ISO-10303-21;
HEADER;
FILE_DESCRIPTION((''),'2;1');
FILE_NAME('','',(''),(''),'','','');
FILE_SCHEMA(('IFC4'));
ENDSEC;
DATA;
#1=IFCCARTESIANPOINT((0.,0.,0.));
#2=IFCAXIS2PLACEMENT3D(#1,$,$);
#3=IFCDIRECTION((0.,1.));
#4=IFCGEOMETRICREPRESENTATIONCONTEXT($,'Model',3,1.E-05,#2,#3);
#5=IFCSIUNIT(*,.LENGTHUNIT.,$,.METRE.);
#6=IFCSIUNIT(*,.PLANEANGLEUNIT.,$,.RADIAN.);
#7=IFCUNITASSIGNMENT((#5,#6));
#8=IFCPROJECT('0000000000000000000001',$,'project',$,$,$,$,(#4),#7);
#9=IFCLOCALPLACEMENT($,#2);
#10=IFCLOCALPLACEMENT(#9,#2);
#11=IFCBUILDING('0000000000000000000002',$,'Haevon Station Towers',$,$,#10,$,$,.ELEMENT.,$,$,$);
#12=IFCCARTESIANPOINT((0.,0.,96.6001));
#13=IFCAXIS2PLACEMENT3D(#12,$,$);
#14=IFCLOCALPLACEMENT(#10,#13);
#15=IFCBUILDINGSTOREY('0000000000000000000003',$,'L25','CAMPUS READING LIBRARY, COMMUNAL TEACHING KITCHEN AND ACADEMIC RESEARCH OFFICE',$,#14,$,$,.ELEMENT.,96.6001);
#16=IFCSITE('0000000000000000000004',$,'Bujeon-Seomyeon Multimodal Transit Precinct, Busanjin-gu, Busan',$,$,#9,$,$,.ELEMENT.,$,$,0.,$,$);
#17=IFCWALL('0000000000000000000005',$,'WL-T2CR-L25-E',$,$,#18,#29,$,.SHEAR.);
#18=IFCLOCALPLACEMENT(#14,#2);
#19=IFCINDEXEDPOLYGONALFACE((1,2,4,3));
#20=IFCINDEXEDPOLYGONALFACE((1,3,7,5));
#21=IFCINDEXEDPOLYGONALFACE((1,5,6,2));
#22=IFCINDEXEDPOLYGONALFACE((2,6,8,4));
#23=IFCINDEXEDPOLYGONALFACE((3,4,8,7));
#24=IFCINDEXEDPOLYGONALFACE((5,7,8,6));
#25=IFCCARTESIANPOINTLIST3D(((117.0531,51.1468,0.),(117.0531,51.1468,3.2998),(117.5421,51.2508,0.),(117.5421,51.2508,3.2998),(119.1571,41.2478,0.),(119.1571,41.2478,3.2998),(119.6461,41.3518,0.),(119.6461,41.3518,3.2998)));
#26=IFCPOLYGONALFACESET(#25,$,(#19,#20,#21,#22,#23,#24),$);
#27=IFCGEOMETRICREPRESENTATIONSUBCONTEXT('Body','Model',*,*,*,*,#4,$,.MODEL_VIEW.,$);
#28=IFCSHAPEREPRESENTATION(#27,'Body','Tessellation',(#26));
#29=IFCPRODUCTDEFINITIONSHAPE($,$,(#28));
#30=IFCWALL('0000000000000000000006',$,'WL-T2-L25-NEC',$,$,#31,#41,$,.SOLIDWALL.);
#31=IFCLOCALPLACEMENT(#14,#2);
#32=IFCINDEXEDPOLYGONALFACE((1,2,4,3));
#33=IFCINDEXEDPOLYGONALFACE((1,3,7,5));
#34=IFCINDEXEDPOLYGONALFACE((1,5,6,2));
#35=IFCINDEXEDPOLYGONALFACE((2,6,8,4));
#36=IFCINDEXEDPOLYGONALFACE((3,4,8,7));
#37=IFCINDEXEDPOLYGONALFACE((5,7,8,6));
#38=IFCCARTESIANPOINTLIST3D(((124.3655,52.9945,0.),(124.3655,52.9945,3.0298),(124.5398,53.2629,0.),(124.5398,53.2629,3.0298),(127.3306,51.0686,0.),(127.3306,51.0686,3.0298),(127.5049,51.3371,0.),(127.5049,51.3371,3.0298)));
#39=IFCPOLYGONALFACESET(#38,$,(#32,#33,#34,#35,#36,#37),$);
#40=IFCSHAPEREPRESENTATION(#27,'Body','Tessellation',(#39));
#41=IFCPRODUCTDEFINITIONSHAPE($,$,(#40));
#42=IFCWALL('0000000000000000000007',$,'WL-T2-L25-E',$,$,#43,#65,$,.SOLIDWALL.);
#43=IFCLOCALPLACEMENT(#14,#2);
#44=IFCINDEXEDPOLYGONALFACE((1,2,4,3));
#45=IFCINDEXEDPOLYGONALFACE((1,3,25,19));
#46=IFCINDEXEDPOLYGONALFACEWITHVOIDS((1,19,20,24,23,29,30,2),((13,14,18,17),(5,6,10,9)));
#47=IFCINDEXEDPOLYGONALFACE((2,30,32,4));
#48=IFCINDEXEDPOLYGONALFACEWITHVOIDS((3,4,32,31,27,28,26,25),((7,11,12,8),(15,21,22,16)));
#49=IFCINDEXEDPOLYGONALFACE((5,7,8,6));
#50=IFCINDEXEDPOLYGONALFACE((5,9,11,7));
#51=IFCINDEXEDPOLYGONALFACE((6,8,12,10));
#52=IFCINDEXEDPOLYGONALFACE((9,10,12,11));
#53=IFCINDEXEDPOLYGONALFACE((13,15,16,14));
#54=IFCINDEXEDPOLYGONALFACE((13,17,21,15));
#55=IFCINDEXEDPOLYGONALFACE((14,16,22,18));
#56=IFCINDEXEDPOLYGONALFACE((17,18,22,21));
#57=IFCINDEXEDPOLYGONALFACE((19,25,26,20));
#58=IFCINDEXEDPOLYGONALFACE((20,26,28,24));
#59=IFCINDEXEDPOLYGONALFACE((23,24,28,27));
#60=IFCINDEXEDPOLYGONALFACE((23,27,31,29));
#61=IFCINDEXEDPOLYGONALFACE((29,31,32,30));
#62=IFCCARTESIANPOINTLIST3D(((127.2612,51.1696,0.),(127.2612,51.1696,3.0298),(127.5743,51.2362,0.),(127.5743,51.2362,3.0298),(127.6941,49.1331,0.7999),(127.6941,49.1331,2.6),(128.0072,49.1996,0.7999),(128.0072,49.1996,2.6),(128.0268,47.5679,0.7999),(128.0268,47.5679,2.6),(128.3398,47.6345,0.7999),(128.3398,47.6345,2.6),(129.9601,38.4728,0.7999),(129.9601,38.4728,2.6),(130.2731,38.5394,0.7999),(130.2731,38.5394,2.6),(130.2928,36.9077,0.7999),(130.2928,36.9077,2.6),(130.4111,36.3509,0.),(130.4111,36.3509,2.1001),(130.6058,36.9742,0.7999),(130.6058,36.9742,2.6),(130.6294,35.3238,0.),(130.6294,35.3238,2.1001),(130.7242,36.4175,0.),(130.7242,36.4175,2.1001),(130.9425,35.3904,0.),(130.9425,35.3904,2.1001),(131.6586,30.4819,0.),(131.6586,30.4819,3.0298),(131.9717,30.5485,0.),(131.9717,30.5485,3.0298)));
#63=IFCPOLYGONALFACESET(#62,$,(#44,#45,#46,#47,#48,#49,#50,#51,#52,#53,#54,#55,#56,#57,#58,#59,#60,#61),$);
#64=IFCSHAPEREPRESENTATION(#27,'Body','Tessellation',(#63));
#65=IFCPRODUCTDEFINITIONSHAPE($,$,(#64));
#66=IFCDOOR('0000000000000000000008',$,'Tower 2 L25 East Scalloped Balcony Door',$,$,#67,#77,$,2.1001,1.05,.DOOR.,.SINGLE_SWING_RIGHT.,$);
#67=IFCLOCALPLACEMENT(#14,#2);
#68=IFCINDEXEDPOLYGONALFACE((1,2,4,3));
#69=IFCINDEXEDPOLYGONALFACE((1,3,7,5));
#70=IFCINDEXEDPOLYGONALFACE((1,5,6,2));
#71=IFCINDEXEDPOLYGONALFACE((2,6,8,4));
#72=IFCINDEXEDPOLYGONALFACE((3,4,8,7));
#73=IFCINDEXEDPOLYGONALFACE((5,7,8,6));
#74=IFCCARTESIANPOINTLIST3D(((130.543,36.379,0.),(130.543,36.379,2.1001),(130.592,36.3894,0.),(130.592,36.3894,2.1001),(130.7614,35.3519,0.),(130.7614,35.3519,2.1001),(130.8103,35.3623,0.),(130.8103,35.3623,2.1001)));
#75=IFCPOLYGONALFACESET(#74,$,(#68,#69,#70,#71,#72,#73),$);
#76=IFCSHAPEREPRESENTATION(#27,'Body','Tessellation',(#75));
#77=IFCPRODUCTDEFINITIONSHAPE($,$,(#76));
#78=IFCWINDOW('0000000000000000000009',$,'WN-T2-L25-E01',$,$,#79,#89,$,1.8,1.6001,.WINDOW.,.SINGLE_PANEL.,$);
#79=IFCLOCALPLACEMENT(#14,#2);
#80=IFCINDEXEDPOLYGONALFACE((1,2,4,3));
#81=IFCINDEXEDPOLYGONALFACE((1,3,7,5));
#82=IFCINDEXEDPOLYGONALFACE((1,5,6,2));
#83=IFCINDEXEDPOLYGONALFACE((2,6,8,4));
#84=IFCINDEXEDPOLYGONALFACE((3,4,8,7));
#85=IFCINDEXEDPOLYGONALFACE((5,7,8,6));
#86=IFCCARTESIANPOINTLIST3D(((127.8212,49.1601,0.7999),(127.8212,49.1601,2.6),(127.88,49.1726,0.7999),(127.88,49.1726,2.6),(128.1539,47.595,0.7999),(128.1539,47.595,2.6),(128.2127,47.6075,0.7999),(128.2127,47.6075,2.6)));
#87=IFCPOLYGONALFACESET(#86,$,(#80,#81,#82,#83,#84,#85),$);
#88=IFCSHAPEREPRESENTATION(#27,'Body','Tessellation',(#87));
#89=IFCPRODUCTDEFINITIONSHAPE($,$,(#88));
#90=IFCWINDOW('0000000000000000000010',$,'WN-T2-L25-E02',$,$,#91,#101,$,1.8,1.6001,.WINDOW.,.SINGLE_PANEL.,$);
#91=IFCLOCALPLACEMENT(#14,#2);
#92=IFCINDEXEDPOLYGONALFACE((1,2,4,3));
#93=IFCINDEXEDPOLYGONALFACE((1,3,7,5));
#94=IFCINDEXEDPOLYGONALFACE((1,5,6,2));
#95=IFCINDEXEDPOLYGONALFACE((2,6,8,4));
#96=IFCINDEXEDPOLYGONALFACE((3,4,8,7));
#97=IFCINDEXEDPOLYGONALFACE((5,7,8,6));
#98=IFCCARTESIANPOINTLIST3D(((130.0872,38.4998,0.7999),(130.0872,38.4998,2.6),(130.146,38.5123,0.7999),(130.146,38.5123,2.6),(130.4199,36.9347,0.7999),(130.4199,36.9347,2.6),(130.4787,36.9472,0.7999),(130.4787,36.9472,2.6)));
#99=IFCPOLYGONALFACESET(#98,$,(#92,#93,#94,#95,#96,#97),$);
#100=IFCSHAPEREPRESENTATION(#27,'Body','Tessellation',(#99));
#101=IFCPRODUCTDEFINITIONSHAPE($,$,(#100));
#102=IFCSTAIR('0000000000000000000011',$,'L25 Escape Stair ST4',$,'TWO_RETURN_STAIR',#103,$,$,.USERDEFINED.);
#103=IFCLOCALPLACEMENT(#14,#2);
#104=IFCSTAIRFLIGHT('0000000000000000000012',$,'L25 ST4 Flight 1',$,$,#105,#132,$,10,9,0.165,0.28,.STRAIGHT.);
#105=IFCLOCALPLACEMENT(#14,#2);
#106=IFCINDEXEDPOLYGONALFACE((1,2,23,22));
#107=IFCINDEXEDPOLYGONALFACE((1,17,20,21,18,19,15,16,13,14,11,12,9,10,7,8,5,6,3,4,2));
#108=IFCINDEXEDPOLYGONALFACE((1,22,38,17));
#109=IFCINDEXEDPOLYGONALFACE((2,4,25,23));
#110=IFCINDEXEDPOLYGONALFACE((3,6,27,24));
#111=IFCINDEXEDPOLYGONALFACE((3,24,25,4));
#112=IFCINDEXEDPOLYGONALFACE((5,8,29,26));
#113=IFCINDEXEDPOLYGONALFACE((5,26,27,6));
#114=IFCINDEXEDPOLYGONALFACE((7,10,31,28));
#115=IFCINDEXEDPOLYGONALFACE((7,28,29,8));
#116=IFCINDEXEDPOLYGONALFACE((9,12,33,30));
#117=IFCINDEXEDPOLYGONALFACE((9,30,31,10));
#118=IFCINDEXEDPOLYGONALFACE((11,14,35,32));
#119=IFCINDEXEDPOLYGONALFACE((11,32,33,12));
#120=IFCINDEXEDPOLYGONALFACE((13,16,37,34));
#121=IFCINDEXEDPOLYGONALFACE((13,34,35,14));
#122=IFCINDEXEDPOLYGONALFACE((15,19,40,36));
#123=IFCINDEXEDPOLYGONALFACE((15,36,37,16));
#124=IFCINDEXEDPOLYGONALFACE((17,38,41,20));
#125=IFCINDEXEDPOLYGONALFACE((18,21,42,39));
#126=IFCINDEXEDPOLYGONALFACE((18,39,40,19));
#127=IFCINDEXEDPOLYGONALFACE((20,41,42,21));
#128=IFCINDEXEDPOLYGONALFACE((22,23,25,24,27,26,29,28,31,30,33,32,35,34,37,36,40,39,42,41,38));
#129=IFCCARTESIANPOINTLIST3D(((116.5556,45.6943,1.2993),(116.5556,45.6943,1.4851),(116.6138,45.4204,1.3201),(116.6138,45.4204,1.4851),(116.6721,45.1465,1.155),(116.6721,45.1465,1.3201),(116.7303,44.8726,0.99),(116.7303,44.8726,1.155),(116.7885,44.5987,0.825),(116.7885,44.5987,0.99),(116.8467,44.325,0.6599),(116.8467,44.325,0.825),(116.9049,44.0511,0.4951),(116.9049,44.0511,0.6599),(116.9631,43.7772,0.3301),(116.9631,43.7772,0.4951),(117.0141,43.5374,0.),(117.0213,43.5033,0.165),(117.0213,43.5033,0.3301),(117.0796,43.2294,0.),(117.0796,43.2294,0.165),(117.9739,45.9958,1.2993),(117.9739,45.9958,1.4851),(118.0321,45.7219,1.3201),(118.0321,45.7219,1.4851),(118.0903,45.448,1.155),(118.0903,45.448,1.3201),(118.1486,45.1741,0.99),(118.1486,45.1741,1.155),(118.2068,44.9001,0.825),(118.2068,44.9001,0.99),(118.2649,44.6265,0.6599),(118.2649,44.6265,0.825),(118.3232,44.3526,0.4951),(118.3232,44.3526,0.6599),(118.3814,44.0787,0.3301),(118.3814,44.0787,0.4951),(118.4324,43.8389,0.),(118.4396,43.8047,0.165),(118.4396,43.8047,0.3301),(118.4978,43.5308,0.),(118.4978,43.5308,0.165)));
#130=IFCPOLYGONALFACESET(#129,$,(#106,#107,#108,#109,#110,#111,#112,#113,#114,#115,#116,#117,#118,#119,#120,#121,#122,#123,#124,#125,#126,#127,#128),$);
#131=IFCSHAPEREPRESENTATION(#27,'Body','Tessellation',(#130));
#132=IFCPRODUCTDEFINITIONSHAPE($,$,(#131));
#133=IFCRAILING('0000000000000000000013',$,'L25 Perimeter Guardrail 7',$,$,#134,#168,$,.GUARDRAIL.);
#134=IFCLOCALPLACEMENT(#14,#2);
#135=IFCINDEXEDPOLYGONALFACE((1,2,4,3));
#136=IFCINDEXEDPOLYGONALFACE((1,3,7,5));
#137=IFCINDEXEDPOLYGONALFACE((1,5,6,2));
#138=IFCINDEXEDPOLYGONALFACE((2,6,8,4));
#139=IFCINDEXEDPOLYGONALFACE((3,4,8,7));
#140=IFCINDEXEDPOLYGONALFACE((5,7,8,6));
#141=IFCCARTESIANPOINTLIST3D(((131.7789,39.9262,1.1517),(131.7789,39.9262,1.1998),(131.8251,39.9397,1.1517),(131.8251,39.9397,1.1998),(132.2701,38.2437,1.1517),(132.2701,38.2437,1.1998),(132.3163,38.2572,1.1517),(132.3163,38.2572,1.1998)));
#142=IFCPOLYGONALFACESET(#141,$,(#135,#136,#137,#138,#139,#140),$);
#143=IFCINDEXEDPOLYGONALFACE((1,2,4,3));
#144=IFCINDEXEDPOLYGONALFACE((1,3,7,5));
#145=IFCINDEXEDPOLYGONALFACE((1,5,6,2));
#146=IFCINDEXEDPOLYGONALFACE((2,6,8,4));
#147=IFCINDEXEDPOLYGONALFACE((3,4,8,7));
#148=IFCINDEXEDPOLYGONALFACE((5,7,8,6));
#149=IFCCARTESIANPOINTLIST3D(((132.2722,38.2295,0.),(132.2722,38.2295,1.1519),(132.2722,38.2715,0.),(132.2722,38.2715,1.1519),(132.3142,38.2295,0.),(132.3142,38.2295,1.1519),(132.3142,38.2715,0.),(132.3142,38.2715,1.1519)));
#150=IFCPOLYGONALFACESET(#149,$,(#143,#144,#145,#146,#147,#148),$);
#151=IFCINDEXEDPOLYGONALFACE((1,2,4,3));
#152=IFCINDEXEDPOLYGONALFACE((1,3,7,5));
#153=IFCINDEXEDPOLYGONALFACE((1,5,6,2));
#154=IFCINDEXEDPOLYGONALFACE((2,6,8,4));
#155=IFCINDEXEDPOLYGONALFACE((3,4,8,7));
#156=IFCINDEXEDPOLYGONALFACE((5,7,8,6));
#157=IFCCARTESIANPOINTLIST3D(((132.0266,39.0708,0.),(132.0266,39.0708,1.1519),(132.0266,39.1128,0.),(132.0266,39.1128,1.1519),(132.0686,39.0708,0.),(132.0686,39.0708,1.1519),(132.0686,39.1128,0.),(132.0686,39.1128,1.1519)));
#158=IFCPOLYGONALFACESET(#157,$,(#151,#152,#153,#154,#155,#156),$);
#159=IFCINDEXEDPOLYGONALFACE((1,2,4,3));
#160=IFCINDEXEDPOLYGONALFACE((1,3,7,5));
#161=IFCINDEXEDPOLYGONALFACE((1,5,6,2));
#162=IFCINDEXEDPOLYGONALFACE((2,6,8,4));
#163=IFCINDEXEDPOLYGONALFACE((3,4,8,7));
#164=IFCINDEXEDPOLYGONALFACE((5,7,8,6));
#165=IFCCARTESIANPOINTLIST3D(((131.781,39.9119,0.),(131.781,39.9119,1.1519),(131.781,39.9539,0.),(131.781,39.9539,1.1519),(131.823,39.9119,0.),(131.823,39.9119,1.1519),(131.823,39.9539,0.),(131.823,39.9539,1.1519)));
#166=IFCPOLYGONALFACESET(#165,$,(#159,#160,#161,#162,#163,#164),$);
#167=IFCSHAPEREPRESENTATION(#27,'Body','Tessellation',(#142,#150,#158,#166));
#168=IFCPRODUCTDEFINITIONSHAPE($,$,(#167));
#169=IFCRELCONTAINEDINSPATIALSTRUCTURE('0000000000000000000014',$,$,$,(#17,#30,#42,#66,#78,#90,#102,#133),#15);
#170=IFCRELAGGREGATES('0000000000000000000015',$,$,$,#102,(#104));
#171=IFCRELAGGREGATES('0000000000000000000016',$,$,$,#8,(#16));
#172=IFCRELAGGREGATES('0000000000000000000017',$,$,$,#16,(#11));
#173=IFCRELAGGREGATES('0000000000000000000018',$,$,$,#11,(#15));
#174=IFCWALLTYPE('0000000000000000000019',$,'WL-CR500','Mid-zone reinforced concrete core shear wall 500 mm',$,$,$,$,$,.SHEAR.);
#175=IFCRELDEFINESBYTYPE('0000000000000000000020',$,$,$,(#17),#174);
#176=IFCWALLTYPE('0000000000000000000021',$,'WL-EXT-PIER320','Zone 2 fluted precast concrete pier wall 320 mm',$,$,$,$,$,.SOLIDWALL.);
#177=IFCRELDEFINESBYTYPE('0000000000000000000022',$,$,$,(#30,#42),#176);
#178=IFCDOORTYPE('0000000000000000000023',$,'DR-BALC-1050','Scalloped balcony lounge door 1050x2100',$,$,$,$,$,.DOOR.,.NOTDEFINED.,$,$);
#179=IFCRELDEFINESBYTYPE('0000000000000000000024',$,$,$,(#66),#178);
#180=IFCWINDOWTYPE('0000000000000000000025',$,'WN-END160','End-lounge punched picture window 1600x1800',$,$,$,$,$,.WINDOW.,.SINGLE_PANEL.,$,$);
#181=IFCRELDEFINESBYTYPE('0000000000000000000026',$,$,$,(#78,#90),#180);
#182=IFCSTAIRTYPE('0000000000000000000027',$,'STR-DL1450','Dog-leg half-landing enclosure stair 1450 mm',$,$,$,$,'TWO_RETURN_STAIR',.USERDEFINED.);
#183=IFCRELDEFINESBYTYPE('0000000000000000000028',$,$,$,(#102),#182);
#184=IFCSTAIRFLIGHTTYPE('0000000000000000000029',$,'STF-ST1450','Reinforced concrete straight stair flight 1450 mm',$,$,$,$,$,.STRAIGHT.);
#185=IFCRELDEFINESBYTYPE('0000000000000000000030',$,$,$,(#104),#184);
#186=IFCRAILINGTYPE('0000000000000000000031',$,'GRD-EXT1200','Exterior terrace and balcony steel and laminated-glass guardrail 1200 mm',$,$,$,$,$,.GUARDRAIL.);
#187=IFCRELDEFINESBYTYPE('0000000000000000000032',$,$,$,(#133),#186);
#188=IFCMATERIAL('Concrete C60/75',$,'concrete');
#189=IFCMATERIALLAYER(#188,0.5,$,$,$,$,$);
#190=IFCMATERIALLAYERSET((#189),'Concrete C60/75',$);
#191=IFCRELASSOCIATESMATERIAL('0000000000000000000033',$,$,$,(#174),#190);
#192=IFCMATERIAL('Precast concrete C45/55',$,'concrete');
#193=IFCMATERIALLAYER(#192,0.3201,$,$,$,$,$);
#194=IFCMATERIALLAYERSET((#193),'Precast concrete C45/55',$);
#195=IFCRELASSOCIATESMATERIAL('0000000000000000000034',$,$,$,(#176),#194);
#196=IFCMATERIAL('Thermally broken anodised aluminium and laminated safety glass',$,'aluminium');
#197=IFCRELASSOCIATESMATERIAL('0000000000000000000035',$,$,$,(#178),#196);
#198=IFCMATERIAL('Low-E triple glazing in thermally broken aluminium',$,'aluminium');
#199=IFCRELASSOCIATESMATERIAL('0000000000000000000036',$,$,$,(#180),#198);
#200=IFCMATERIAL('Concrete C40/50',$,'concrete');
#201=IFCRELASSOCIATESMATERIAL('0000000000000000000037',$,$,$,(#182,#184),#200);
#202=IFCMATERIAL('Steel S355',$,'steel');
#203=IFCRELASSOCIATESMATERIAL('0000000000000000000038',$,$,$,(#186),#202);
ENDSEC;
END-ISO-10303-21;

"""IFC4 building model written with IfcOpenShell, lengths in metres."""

from ifc_helpers import new_model, si_unit, direction, frame, frame_2d, origin, origin_2d, place, context, subcontext, project, spatial, polyline, rectangle, outline, extrude, material, layer, layer_set, type_object, element, fill, aggregate, save


model = new_model("IFC4")

# Units and contexts
model_context = context("Model", 3, precision=1e-05, world=origin(), true_north=direction((0.0, 1.0)))
body_context = subcontext(model_context, "Body", "Model", "MODEL_VIEW")
ifc_project = project(units=[si_unit("LENGTHUNIT", "METRE"), si_unit("PLANEANGLEUNIT", "RADIAN")], contexts=[model_context])

# Site, building, storey
site_placement = place(None, origin())
site = spatial("IfcSite", under=ifc_project, at=site_placement, Name="Bujeon-Seomyeon Multimodal Transit Precinct, Busanjin-gu, Busan", CompositionType="ELEMENT", RefElevation=0.0)
building_placement = place(site_placement, origin())
building = spatial("IfcBuilding", under=site, at=building_placement, Name="Haevon Station Towers", CompositionType="ELEMENT")
storey_placement = place(building_placement, frame((0.0, 0.0, 96.6001)))
storey = spatial("IfcBuildingStorey", under=building, at=storey_placement, Name="L25", Description="CAMPUS READING LIBRARY, COMMUNAL TEACHING KITCHEN AND ACADEMIC RESEARCH OFFICE", CompositionType="ELEMENT", Elevation=96.6001)

# Shared definitions
ifc_material_1 = material(Name="Steel S355", Category="steel")

# Walls
ifc_material_2 = material(Name="Concrete C60/75", Category="concrete")
ifc_layer_1 = layer(ifc_material_2, 0.5)
ifc_layer_set_1 = layer_set([ifc_layer_1], Name="Concrete C60/75")
wall_type_1 = type_object("IfcWallType", Name="WL-CR500", Description="Mid-zone reinforced concrete core shear wall 500 mm", PredefinedType="SHEAR", material=ifc_layer_set_1)
wall_1_placement = place(storey_placement, frame((119.4016, 41.2998, 0.0), z_axis=(0.0, 0.0, 1.0), x_axis=(-0.207904, 0.978149, 0.0)))
element("IfcWall", 1, at=wall_1_placement, inside=storey, type_object=wall_type_1, Name="WL-T2CR-L25-E", PredefinedType="SHEAR", context=body_context, shape_type="SweptSolid", body=[
    extrude(rectangle(XDim=10.1201, YDim=0.5, at=frame_2d((5.0601, 0.0))), origin(), (0.0, 0.0, 1.0), 3.2998),
])
ifc_material_3 = material(Name="Precast concrete C45/55", Category="concrete")
ifc_layer_2 = layer(ifc_material_3, 0.3201)
ifc_layer_set_2 = layer_set([ifc_layer_2], Name="Precast concrete C45/55")
wall_type_2 = type_object("IfcWallType", Name="WL-EXT-PIER320", Description="Zone 2 fluted precast concrete pier wall 320 mm", PredefinedType="SOLIDWALL", material=ifc_layer_set_2)
wall_2_placement = place(storey_placement, frame((124.4526, 53.1287, 0.0), z_axis=(0.0, 0.0, 1.0), x_axis=(0.838641, -0.544685, 0.0)))
element("IfcWall", 2, at=wall_2_placement, inside=storey, type_object=wall_type_2, Name="WL-T2-L25-NEC", PredefinedType="SOLIDWALL", context=body_context, shape_type="SweptSolid", body=[
    extrude(rectangle(XDim=3.5356, YDim=0.3201, at=frame_2d((1.7678, 0.0))), origin(), (0.0, 0.0, 1.0), 3.0298),
])

# Wall, openings, door, windows
wall_3_placement = place(storey_placement, frame((127.4177, 51.2029, 0.0), z_axis=(0.0, 0.0, 1.0), x_axis=(0.207918, -0.978146, 0.0)))
wall_3 = element("IfcWall", 3, at=wall_3_placement, inside=storey, type_object=wall_type_2, Name="WL-T2-L25-E", PredefinedType="SOLIDWALL", context=body_context, shape_type="SweptSolid", body=[
    extrude(rectangle(XDim=21.1499, YDim=0.3201, at=frame_2d((10.575, 0.0))), origin(), (0.0, 0.0, 1.0), 3.0298),
])
opening_1_placement = place(wall_3_placement, frame((15.1499, 0.0, 0.0)))
opening_1 = element("IfcOpeningElement", 4, at=opening_1_placement, cuts=wall_3, PredefinedType="OPENING", context=body_context, shape_type="SweptSolid", body=[
    extrude(rectangle(XDim=1.05, YDim=2.1001, at=frame_2d((0.5249, 1.05))), frame((0.0, 0.1699, 0.0), z_axis=(0.0, -1.0, 0.0), x_axis=(1.0, 0.0, 0.0)), (0.0, 0.0, 1.0), 0.3401),
])
opening_2_placement = place(wall_3_placement, frame((2.082, 0.0, 0.8)))
opening_2 = element("IfcOpeningElement", 5, at=opening_2_placement, cuts=wall_3, PredefinedType="OPENING", context=body_context, shape_type="SweptSolid", body=[
    extrude(rectangle(XDim=1.6001, YDim=1.8, at=frame_2d((0.8, 0.8999))), frame((0.0, 0.1699, 0.0), z_axis=(0.0, -1.0, 0.0), x_axis=(1.0, 0.0, 0.0)), (0.0, 0.0, 1.0), 0.3401),
])
opening_3_placement = place(wall_3_placement, frame((12.9805, 0.0, 0.8)))
opening_3 = element("IfcOpeningElement", 6, at=opening_3_placement, cuts=wall_3, PredefinedType="OPENING", context=body_context, shape_type="SweptSolid", body=[
    extrude(rectangle(XDim=1.6001, YDim=1.8, at=frame_2d((0.8, 0.8999))), frame((0.0, 0.1699, 0.0), z_axis=(0.0, -1.0, 0.0), x_axis=(1.0, 0.0, 0.0)), (0.0, 0.0, 1.0), 0.3401),
])
ifc_material_4 = material(Name="Thermally broken anodised aluminium and laminated safety glass", Category="aluminium")
door_type = type_object("IfcDoorType", Name="DR-BALC-1050", Description="Scalloped balcony lounge door 1050x2100", OperationType="NOTDEFINED", PredefinedType="DOOR", material=ifc_material_4)
door_placement = place(opening_1_placement, origin())
door = element("IfcDoor", 7, at=door_placement, inside=storey, type_object=door_type, Name="Tower 2 L25 East Scalloped Balcony Door", OperationType="SINGLE_SWING_RIGHT", OverallHeight=2.1001, OverallWidth=1.05, PredefinedType="DOOR", context=body_context, shape_type="SweptSolid", body=[
    extrude(rectangle(XDim=1.05, YDim=2.1001, at=frame_2d((0.5249, 1.05))), frame((0.0, 0.0249, 0.0), z_axis=(0.0, -1.0, 0.0), x_axis=(1.0, 0.0, 0.0)), (0.0, 0.0, 1.0), 0.05),
])
fill(opening_1, door)
ifc_material_5 = material(Name="Low-E triple glazing in thermally broken aluminium", Category="aluminium")
window_type = type_object("IfcWindowType", Name="WN-END160", Description="End-lounge punched picture window 1600x1800", PartitioningType="SINGLE_PANEL", PredefinedType="WINDOW", material=ifc_material_5)
window_1_placement = place(opening_2_placement, origin())
window_1 = element("IfcWindow", 8, at=window_1_placement, inside=storey, type_object=window_type, Name="WN-T2-L25-E01", OverallHeight=1.8, OverallWidth=1.6001, PartitioningType="SINGLE_PANEL", PredefinedType="WINDOW", context=body_context, shape_type="SweptSolid", body=[
    extrude(rectangle(XDim=1.6001, YDim=1.8, at=frame_2d((0.8, 0.8999))), frame((0.0, 0.03, 0.0), z_axis=(0.0, -1.0, 0.0), x_axis=(1.0, 0.0, 0.0)), (0.0, 0.0, 1.0), 0.0601),
])
fill(opening_2, window_1)
window_2_placement = place(opening_3_placement, origin())
window_2 = element("IfcWindow", 9, at=window_2_placement, inside=storey, type_object=window_type, Name="WN-T2-L25-E02", OverallHeight=1.8, OverallWidth=1.6001, PartitioningType="SINGLE_PANEL", PredefinedType="WINDOW", context=body_context, shape_type="SweptSolid", body=[
    extrude(rectangle(XDim=1.6001, YDim=1.8, at=frame_2d((0.8, 0.8999))), frame((0.0, 0.03, 0.0), z_axis=(0.0, -1.0, 0.0), x_axis=(1.0, 0.0, 0.0)), (0.0, 0.0, 1.0), 0.0601),
])
fill(opening_3, window_2)

# Stair, stair flight
ifc_material_6 = material(Name="Concrete C40/50", Category="concrete")
stair_type = type_object("IfcStairType", Name="STR-DL1450", Description="Dog-leg half-landing enclosure stair 1450 mm", ElementType="TWO_RETURN_STAIR", PredefinedType="USERDEFINED", material=ifc_material_6)
stair_placement = place(storey_placement, origin())
stair = element("IfcStair", 10, at=stair_placement, inside=storey, type_object=stair_type, Name="L25 Escape Stair ST4", ObjectType="TWO_RETURN_STAIR", PredefinedType="USERDEFINED")
stair_flight_type = type_object("IfcStairFlightType", Name="STF-ST1450", Description="Reinforced concrete straight stair flight 1450 mm", PredefinedType="STRAIGHT", material=ifc_material_6)
stair_flight_placement = place(storey_placement, frame((117.7888, 43.3801, 0.0), z_axis=(0.0, 0.0, 1.0), x_axis=(-0.207912, 0.978148, 0.0)))
stair_flight = element("IfcStairFlight", 11, at=stair_flight_placement, type_object=stair_flight_type, Name="L25 ST4 Flight 1", NumberOfRisers=10, NumberOfTreads=9, PredefinedType="STRAIGHT", RiserHeight=0.165, TreadLength=0.28, context=body_context, shape_type="SweptSolid", body=[
    extrude(outline(polyline([(0.0, 0.0), (0.0, 0.165), (0.28, 0.165), (0.28, 0.3301), (0.5601, 0.3301), (0.5601, 0.4951), (0.8401, 0.4951), (0.8401, 0.6599), (1.1201, 0.6599), (1.1201, 0.825), (1.3999, 0.825), (1.3999, 0.99), (1.6799, 0.99), (1.6799, 1.155), (1.96, 1.155), (1.96, 1.3201), (2.24, 1.3201), (2.24, 1.4851), (2.52, 1.4851), (2.52, 1.6499), (2.52, 1.2993), (0.3149, 0.0), (0.0, 0.0)])), frame((0.0, 0.7251, 0.0), z_axis=(0.0, -1.0, 0.0), x_axis=(1.0, 0.0, 0.0)), (0.0, 0.0, 1.0), 1.45),
])
aggregate(stair, [stair_flight])

# Railing
railing_type_1 = type_object("IfcRailingType", Name="GRD-EXT1200", Description="Exterior terrace and balcony steel and laminated-glass guardrail 1200 mm", PredefinedType="GUARDRAIL", material=ifc_material_1)
railing_1_placement = place(storey_placement, frame((132.2932, 38.2505, 0.0)))
element("IfcRailing", 12, at=railing_1_placement, inside=storey, type_object=railing_type_1, Name="L25 Perimeter Guardrail 7", PredefinedType="GUARDRAIL", context=body_context, shape_type="SweptSolid", body=[
    extrude(rectangle(XDim=0.0481, YDim=0.0481, at=origin_2d()), frame((0.0, 0.0, 1.1758), z_axis=(-0.280273, 0.95992, 0.0), x_axis=(-0.95992, -0.280273, 0.0)), (0.0, 0.0, 1.0), 1.7527),
    extrude(rectangle(XDim=0.042, YDim=0.042, at=origin_2d()), origin(), (0.0, 0.0, 1.0), 1.1519),
    extrude(rectangle(XDim=0.042, YDim=0.042, at=origin_2d()), frame((-0.2456, 0.8413, 0.0)), (0.0, 0.0, 1.0), 1.1519),
    extrude(rectangle(XDim=0.042, YDim=0.042, at=origin_2d()), frame((-0.4912, 1.6824, 0.0)), (0.0, 0.0, 1.0), 1.1519),
])

save(model, "model.ifc")
